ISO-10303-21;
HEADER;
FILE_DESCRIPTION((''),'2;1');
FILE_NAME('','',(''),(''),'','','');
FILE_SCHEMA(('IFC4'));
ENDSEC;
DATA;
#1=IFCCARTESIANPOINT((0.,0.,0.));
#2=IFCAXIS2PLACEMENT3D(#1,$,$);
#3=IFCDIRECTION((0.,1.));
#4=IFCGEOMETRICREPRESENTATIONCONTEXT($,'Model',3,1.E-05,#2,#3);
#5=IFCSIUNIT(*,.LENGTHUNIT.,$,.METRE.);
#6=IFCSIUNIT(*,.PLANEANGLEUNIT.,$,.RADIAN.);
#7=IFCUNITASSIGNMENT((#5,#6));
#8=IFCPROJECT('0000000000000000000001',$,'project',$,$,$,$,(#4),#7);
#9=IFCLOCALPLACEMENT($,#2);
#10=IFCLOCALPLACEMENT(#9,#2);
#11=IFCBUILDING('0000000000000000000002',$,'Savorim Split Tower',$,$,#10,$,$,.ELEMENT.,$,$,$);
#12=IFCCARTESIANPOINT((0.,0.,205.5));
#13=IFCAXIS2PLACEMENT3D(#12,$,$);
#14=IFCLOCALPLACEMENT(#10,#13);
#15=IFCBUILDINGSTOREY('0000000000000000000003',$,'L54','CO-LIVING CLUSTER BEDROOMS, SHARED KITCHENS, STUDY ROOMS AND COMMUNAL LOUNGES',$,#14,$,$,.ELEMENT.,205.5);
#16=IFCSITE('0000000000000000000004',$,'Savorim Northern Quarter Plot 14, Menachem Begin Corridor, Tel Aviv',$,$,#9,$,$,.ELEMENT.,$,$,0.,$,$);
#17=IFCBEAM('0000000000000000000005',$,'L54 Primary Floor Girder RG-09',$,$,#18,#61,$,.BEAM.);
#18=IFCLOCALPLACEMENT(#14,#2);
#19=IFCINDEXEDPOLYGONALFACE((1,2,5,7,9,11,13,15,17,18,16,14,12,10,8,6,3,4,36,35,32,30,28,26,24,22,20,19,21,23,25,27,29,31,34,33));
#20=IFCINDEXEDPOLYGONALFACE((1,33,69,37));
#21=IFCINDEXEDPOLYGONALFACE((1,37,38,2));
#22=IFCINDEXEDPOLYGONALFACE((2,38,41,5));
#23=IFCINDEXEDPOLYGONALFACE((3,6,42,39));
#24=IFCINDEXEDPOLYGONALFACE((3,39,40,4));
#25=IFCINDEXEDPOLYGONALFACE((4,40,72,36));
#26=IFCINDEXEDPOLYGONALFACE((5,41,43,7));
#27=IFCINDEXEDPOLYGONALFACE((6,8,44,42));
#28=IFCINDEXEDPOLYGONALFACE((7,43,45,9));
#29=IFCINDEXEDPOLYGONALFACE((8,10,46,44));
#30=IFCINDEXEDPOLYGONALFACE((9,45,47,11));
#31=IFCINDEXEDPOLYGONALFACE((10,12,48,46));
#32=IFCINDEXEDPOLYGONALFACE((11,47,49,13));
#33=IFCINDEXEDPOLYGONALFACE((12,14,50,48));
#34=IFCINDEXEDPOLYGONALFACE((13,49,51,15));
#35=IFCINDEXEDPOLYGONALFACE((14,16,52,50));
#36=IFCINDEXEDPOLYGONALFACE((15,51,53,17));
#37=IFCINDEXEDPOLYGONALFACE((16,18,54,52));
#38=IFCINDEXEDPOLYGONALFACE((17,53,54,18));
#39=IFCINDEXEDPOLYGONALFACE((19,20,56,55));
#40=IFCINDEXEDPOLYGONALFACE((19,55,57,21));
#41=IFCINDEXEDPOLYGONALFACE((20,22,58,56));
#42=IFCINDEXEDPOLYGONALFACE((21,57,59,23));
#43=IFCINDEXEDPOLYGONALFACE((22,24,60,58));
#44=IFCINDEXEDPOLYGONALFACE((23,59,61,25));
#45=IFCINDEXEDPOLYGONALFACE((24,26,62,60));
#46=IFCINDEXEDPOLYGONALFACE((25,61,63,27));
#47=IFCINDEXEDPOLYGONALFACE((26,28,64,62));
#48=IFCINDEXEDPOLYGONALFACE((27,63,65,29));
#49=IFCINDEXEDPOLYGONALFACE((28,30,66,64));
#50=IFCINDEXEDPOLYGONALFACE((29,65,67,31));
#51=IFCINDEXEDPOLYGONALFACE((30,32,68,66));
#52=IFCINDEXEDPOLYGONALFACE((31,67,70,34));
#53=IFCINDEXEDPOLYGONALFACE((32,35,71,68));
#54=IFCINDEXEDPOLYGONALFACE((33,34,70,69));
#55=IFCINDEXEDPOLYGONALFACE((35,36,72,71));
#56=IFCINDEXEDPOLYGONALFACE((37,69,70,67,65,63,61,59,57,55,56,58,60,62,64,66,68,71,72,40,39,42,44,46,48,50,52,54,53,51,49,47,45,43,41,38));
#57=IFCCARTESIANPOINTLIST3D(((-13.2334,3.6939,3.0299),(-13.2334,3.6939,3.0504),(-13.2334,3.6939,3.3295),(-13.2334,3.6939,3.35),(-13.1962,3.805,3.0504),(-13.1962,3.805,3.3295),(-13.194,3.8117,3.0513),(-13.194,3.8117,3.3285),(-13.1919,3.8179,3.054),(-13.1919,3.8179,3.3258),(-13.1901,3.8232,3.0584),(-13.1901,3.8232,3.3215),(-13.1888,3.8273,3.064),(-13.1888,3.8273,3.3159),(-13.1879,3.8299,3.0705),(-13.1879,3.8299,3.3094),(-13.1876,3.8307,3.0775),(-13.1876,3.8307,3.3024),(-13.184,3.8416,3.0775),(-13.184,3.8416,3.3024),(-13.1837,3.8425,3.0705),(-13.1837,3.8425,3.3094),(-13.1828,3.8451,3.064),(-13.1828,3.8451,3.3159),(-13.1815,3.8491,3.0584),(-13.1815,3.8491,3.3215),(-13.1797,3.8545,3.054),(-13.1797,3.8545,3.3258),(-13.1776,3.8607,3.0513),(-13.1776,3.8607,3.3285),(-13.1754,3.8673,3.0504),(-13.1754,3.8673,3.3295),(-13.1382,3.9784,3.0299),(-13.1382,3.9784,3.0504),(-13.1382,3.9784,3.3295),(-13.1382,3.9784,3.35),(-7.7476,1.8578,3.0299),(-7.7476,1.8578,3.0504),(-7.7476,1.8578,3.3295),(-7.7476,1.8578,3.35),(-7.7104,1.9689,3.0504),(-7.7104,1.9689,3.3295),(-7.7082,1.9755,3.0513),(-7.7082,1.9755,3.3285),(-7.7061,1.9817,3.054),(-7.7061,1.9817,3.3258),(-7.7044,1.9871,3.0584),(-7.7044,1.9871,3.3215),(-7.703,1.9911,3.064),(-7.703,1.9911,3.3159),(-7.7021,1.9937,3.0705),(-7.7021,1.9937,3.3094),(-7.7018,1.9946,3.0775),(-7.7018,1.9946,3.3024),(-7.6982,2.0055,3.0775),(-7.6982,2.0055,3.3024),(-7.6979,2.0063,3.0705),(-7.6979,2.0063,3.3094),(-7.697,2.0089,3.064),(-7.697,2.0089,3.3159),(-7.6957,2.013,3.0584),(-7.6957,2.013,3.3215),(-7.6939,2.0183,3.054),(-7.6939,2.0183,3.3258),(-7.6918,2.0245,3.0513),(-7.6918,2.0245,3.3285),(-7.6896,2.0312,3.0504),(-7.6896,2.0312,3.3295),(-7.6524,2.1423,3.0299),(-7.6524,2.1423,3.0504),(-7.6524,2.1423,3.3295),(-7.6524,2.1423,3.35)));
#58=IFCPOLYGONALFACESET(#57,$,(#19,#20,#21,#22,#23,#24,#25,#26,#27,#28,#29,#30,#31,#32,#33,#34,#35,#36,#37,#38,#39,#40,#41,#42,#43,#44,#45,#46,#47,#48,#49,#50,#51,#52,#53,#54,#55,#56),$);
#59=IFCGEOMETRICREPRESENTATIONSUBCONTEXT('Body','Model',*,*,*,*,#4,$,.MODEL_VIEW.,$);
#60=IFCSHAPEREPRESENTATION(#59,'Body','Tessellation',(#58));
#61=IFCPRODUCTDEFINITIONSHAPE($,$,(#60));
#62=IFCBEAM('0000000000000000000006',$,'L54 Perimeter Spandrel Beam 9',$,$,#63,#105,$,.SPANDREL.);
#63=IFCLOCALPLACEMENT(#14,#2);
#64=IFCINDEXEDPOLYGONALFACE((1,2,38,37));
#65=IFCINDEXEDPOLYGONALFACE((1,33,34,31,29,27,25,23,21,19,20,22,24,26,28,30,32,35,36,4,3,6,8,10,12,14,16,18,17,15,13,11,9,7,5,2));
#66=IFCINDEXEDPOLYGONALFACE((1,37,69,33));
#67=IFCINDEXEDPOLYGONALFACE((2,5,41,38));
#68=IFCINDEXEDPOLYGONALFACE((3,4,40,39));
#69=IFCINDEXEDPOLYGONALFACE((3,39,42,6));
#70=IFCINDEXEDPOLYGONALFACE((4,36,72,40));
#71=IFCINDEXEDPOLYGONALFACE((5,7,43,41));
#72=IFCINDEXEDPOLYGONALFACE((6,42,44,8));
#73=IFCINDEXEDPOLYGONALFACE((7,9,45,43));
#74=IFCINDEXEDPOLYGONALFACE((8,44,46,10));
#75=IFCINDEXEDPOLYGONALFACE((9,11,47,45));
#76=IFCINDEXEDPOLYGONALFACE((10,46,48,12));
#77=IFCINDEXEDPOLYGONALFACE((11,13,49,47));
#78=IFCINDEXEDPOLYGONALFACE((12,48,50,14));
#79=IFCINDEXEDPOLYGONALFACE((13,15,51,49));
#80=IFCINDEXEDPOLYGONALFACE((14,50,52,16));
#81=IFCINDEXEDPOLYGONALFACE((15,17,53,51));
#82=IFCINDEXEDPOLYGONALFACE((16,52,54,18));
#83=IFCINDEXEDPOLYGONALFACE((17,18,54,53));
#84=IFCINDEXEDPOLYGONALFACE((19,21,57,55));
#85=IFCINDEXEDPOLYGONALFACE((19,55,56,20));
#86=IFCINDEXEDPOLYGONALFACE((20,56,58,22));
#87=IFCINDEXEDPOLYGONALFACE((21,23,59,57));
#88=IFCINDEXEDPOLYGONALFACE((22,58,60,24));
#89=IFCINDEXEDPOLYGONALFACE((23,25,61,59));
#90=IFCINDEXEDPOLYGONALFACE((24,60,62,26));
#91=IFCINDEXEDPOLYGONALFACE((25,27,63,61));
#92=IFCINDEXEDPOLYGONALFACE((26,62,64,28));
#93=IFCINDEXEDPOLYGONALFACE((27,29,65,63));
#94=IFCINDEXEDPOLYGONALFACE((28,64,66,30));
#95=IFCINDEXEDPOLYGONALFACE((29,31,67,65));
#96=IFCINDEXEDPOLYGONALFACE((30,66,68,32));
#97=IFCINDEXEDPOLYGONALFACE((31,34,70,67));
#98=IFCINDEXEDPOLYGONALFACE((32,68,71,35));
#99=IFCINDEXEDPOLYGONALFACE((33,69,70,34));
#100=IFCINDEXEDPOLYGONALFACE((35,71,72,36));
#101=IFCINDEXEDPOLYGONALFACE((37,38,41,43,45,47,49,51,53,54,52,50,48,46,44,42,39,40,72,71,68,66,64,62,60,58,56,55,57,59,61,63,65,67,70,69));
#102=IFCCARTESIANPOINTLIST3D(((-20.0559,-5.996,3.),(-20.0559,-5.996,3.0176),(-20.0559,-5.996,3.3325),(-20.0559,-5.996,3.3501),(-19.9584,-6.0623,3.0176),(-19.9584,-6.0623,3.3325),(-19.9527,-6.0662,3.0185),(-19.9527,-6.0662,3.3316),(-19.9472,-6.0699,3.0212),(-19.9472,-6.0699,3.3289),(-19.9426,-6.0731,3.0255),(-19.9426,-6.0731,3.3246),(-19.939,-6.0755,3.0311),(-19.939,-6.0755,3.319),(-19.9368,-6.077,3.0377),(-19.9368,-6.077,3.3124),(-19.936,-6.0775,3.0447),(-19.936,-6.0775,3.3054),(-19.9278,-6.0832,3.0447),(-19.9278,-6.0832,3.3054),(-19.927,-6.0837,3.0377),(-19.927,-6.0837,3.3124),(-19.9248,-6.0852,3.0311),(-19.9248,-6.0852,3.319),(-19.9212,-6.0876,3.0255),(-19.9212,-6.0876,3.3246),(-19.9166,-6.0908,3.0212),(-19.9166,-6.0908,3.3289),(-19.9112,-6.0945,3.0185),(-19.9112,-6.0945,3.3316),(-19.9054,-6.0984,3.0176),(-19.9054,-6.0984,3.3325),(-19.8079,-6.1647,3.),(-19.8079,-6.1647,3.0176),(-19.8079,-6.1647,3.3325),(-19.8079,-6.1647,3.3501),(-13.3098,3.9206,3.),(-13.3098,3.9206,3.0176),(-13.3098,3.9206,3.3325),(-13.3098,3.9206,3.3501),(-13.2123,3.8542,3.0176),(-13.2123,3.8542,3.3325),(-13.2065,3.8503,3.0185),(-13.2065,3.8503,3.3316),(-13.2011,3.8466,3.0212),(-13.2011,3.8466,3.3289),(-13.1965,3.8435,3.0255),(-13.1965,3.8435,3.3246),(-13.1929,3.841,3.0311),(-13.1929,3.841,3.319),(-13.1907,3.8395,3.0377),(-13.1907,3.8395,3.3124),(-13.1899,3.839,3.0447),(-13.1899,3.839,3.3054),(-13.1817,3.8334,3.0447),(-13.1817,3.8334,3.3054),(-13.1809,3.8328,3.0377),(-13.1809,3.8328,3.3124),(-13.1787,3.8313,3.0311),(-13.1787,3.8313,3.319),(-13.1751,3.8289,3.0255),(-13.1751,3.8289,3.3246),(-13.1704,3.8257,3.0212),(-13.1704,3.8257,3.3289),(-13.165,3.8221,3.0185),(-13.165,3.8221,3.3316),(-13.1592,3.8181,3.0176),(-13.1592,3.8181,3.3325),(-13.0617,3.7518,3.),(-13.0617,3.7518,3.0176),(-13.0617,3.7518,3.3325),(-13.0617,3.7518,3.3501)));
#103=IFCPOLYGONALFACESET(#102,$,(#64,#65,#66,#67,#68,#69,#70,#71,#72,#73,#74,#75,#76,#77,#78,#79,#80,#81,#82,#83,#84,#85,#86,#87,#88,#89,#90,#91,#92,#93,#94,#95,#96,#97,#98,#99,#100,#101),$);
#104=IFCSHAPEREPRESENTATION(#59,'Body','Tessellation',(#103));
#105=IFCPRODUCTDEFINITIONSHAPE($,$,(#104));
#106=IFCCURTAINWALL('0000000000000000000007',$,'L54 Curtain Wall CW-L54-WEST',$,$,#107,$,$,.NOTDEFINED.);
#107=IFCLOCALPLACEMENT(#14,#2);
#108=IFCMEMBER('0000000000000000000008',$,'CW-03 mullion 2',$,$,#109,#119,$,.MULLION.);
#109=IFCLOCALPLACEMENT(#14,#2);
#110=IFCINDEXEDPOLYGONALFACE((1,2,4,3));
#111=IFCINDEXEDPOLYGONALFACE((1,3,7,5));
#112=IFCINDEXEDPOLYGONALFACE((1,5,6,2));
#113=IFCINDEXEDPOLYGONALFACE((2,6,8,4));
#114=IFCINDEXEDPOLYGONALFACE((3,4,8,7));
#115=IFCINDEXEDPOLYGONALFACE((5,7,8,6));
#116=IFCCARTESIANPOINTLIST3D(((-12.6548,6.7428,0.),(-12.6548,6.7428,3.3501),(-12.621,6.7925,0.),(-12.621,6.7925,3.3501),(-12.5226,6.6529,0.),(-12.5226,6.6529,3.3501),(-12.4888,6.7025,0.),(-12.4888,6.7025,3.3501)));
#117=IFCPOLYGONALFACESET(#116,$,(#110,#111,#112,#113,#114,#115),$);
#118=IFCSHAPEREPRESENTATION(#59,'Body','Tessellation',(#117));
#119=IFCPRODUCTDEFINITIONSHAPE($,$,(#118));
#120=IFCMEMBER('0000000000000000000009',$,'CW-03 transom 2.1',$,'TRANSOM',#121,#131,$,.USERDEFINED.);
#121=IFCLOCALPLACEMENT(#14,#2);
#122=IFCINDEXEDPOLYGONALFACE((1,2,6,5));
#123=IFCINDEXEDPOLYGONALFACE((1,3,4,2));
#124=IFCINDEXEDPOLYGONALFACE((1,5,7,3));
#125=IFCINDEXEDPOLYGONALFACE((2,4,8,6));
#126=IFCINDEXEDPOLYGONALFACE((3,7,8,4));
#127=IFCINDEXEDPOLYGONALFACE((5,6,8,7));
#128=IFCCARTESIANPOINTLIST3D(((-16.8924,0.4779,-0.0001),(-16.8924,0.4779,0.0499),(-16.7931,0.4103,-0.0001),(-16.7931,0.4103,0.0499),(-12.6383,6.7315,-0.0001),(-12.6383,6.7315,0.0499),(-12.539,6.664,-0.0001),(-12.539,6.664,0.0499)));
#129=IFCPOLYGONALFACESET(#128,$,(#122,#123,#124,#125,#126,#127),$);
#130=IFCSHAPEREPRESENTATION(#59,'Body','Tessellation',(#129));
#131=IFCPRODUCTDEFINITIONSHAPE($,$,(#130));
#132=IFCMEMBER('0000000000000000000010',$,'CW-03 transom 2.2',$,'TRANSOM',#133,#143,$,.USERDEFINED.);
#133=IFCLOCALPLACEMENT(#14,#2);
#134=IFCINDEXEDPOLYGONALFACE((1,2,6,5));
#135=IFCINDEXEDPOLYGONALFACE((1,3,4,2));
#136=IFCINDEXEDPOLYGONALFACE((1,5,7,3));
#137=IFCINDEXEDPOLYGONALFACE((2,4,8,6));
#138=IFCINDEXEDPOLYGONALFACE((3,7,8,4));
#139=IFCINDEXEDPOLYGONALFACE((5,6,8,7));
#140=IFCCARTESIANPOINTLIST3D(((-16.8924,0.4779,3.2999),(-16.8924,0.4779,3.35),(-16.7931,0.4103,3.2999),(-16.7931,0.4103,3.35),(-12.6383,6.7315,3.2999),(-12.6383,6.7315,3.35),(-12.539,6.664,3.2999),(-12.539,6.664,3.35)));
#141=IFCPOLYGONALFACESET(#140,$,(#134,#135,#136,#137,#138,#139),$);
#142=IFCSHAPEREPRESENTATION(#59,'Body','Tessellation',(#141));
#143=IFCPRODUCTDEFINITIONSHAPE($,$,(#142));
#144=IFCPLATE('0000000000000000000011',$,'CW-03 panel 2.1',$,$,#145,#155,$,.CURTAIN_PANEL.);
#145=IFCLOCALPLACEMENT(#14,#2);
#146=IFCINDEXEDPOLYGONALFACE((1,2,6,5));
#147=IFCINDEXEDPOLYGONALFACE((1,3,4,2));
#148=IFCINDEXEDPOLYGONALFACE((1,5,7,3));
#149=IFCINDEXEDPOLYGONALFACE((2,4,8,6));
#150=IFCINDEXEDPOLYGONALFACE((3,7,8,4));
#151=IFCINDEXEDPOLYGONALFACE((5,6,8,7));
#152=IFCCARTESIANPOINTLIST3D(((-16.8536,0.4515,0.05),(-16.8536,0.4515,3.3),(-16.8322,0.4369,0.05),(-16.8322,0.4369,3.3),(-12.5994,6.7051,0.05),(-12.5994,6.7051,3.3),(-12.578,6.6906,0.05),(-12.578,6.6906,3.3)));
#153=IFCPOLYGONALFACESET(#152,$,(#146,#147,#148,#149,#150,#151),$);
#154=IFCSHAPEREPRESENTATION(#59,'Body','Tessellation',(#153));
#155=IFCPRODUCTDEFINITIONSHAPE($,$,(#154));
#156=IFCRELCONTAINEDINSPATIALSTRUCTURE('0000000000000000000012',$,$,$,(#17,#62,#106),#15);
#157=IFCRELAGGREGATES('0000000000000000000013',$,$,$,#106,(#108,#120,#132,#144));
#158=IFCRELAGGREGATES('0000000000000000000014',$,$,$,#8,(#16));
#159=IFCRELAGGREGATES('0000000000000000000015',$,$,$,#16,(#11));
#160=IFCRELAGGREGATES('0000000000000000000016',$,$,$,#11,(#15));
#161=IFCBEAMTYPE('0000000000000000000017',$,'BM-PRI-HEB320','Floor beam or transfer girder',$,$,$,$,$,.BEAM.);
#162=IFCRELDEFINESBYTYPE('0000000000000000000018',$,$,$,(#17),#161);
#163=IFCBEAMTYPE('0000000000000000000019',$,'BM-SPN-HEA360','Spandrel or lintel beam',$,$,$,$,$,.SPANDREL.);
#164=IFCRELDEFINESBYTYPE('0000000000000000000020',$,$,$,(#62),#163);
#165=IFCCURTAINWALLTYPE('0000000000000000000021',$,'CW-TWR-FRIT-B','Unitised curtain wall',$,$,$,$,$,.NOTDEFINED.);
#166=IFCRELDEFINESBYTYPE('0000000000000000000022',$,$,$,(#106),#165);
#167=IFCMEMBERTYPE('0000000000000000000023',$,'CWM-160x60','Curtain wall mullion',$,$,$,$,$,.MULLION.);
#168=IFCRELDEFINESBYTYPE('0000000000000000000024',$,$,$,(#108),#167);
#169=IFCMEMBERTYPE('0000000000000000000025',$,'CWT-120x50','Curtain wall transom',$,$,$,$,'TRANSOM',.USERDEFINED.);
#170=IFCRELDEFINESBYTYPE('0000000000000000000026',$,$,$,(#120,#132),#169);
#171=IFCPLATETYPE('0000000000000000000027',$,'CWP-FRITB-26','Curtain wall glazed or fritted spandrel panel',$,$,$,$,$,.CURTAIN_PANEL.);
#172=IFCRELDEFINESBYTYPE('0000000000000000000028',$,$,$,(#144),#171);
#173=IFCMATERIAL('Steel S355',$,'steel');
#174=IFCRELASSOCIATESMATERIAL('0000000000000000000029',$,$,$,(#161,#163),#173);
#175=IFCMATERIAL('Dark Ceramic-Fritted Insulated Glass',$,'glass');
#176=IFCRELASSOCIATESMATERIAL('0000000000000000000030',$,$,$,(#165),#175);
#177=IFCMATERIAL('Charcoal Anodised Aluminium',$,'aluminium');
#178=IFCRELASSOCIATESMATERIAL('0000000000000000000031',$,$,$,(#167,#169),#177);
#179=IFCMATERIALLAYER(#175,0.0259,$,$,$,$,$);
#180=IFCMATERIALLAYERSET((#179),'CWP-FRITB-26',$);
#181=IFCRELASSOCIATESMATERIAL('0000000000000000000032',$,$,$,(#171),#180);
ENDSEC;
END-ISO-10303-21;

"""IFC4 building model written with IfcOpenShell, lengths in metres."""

from ifc_helpers import new_model, si_unit, direction, frame, origin, origin_2d, place, context, subcontext, project, spatial, rectangle, i_section, extrude, material, layer, layer_set, material_profile, profile_set, type_object, element, aggregate, save


model = new_model("IFC4")

# Units and contexts
model_context = context("Model", 3, precision=1e-05, world=origin(), true_north=direction((0.0, 1.0)))
body_context = subcontext(model_context, "Body", "Model", "MODEL_VIEW")
ifc_project = project(units=[si_unit("LENGTHUNIT", "METRE"), si_unit("PLANEANGLEUNIT", "RADIAN")], contexts=[model_context])

# Site, building, storey
site_placement = place(None, origin())
site = spatial("IfcSite", under=ifc_project, at=site_placement, Name="Savorim Northern Quarter Plot 14, Menachem Begin Corridor, Tel Aviv", CompositionType="ELEMENT", RefElevation=0.0)
building_placement = place(site_placement, origin())
building = spatial("IfcBuilding", under=site, at=building_placement, Name="Savorim Split Tower", CompositionType="ELEMENT")
storey_placement = place(building_placement, frame((0.0, 0.0, 205.5)))
storey = spatial("IfcBuildingStorey", under=building, at=storey_placement, Name="L54", Description="CO-LIVING CLUSTER BEDROOMS, SHARED KITCHENS, STUDY ROOMS AND COMMUNAL LOUNGES", CompositionType="ELEMENT", Elevation=205.5)

# Shared definitions
ifc_material_1 = material(Name="Steel S355", Category="steel")

# Beams
ifc_material_profile_1 = material_profile(ifc_material_1, i_section(OverallWidth=0.3, OverallDepth=0.3201, WebThickness=0.0115, FlangeThickness=0.0205, FilletRadius=0.0271, at=origin_2d()), Name="HEB 320")
ifc_profile_set_1 = profile_set([ifc_material_profile_1], Name="Steel S355")
beam_type_1 = type_object("IfcBeamType", Name="BM-PRI-HEB320", Description="Floor beam or transfer girder", PredefinedType="BEAM", material=ifc_profile_set_1)
beam_1_placement = place(storey_placement, frame((-13.1858, 3.8362, 3.1899), z_axis=(0.94829, -0.317405, 0.0), x_axis=(0.317405, 0.94829, 0.0)))
element("IfcBeam", 1, at=beam_1_placement, inside=storey, type_object=beam_type_1, Name="L54 Primary Floor Girder RG-09", PredefinedType="BEAM", context=body_context, shape_type="SweptSolid", body=[
    extrude(i_section(OverallWidth=0.3, OverallDepth=0.3201, WebThickness=0.0115, FlangeThickness=0.0205, FilletRadius=0.0271, at=origin_2d()), origin(), (0.0, 0.0, 1.0), 5.7849),
])
ifc_material_profile_2 = material_profile(ifc_material_1, i_section(OverallWidth=0.3, OverallDepth=0.3501, WebThickness=0.01, FlangeThickness=0.0176, FilletRadius=0.0271, at=origin_2d()), Name="HEA 360")
ifc_profile_set_2 = profile_set([ifc_material_profile_2], Name="Steel S355")
beam_type_2 = type_object("IfcBeamType", Name="BM-SPN-HEA360", Description="Spandrel or lintel beam", PredefinedType="SPANDREL", material=ifc_profile_set_2)
beam_2_placement = place(storey_placement, frame((-13.1858, 3.8362, 3.175), z_axis=(-0.562474, -0.826815, 0.0), x_axis=(0.826815, -0.562474, 0.0)))
element("IfcBeam", 2, at=beam_2_placement, inside=storey, type_object=beam_type_2, Name="L54 Perimeter Spandrel Beam 9", PredefinedType="SPANDREL", context=body_context, shape_type="SweptSolid", body=[
    extrude(i_section(OverallWidth=0.3, OverallDepth=0.3501, WebThickness=0.01, FlangeThickness=0.0176, FilletRadius=0.0271, at=origin_2d()), origin(), (0.0, 0.0, 1.0), 11.9937),
])

# Curtain wall, members, plate
ifc_material_2 = material(Name="Dark Ceramic-Fritted Insulated Glass", Category="glass")
curtain_wall_type = type_object("IfcCurtainWallType", Name="CW-TWR-FRIT-B", Description="Unitised curtain wall", PredefinedType="NOTDEFINED", material=ifc_material_2)
curtain_wall_placement = place(storey_placement, origin())
curtain_wall = element("IfcCurtainWall", 3, at=curtain_wall_placement, inside=storey, type_object=curtain_wall_type, Name="L54 Curtain Wall CW-L54-WEST", PredefinedType="NOTDEFINED")
ifc_material_3 = material(Name="Charcoal Anodised Aluminium", Category="aluminium")
ifc_material_profile_3 = material_profile(ifc_material_3, rectangle(XDim=0.1599, YDim=0.0601, at=origin_2d()), Name="ALU-M 160x60")
ifc_profile_set_3 = profile_set([ifc_material_profile_3], Name="Charcoal Anodised Aluminium")
member_type_1 = type_object("IfcMemberType", Name="CWM-160x60", Description="Curtain wall mullion", PredefinedType="MULLION", material=ifc_profile_set_3)
member_1_placement = place(storey_placement, frame((-12.5718, 6.7227, 0.0), z_axis=(0.0, 0.0, 1.0), x_axis=(0.826821, -0.562465, 0.0)))
member_1 = element("IfcMember", 4, at=member_1_placement, type_object=member_type_1, Name="CW-03 mullion 2", PredefinedType="MULLION", context=body_context, shape_type="SweptSolid", body=[
    extrude(rectangle(XDim=0.1599, YDim=0.0601, at=origin_2d()), origin(), (0.0, 0.0, 1.0), 3.3501),
])
ifc_material_profile_4 = material_profile(ifc_material_3, rectangle(XDim=0.1201, YDim=0.05, at=origin_2d()), Name="ALU-T 120x50")
ifc_profile_set_4 = profile_set([ifc_material_profile_4], Name="Charcoal Anodised Aluminium")
member_type_2 = type_object("IfcMemberType", Name="CWT-120x50", Description="Curtain wall transom", ElementType="TRANSOM", PredefinedType="USERDEFINED", material=ifc_profile_set_4)
member_2_placement = place(storey_placement, frame((-12.5886, 6.6978, 0.0249), z_axis=(-0.56246, -0.826824, 0.0), x_axis=(0.826824, -0.56246, 0.0)))
member_2 = element("IfcMember", 5, at=member_2_placement, type_object=member_type_2, Name="CW-03 transom 2.1", ObjectType="TRANSOM", PredefinedType="USERDEFINED", context=body_context, shape_type="SweptSolid", body=[
    extrude(rectangle(XDim=0.1201, YDim=0.05, at=origin_2d()), origin(), (0.0, 0.0, 1.0), 7.5635),
])
member_3_placement = place(storey_placement, frame((-12.5886, 6.6978, 3.325), z_axis=(-0.56246, -0.826824, 0.0), x_axis=(0.826824, -0.56246, 0.0)))
member_3 = element("IfcMember", 6, at=member_3_placement, type_object=member_type_2, Name="CW-03 transom 2.2", ObjectType="TRANSOM", PredefinedType="USERDEFINED", context=body_context, shape_type="SweptSolid", body=[
    extrude(rectangle(XDim=0.1201, YDim=0.05, at=origin_2d()), origin(), (0.0, 0.0, 1.0), 7.5635),
])
ifc_layer_1 = layer(ifc_material_2, 0.0259)
ifc_layer_set_1 = layer_set([ifc_layer_1], Name="CWP-FRITB-26")
plate_type = type_object("IfcPlateType", Name="CWP-FRITB-26", Description="Curtain wall glazed or fritted spandrel panel", PredefinedType="CURTAIN_PANEL", material=ifc_layer_set_1)
plate_placement = place(storey_placement, frame((-14.7158, 3.571, 0.05), z_axis=(0.0, 0.0, 1.0), x_axis=(-0.562465, -0.826821, 0.0)))
plate = element("IfcPlate", 7, at=plate_placement, type_object=plate_type, Name="CW-03 panel 2.1", PredefinedType="CURTAIN_PANEL", context=body_context, shape_type="SweptSolid", body=[
    extrude(rectangle(XDim=7.5635, YDim=0.0259, at=origin_2d()), origin(), (0.0, 0.0, 1.0), 3.25),
])
aggregate(curtain_wall, [member_1, member_2, member_3, plate])

save(model, "model.ifc")
